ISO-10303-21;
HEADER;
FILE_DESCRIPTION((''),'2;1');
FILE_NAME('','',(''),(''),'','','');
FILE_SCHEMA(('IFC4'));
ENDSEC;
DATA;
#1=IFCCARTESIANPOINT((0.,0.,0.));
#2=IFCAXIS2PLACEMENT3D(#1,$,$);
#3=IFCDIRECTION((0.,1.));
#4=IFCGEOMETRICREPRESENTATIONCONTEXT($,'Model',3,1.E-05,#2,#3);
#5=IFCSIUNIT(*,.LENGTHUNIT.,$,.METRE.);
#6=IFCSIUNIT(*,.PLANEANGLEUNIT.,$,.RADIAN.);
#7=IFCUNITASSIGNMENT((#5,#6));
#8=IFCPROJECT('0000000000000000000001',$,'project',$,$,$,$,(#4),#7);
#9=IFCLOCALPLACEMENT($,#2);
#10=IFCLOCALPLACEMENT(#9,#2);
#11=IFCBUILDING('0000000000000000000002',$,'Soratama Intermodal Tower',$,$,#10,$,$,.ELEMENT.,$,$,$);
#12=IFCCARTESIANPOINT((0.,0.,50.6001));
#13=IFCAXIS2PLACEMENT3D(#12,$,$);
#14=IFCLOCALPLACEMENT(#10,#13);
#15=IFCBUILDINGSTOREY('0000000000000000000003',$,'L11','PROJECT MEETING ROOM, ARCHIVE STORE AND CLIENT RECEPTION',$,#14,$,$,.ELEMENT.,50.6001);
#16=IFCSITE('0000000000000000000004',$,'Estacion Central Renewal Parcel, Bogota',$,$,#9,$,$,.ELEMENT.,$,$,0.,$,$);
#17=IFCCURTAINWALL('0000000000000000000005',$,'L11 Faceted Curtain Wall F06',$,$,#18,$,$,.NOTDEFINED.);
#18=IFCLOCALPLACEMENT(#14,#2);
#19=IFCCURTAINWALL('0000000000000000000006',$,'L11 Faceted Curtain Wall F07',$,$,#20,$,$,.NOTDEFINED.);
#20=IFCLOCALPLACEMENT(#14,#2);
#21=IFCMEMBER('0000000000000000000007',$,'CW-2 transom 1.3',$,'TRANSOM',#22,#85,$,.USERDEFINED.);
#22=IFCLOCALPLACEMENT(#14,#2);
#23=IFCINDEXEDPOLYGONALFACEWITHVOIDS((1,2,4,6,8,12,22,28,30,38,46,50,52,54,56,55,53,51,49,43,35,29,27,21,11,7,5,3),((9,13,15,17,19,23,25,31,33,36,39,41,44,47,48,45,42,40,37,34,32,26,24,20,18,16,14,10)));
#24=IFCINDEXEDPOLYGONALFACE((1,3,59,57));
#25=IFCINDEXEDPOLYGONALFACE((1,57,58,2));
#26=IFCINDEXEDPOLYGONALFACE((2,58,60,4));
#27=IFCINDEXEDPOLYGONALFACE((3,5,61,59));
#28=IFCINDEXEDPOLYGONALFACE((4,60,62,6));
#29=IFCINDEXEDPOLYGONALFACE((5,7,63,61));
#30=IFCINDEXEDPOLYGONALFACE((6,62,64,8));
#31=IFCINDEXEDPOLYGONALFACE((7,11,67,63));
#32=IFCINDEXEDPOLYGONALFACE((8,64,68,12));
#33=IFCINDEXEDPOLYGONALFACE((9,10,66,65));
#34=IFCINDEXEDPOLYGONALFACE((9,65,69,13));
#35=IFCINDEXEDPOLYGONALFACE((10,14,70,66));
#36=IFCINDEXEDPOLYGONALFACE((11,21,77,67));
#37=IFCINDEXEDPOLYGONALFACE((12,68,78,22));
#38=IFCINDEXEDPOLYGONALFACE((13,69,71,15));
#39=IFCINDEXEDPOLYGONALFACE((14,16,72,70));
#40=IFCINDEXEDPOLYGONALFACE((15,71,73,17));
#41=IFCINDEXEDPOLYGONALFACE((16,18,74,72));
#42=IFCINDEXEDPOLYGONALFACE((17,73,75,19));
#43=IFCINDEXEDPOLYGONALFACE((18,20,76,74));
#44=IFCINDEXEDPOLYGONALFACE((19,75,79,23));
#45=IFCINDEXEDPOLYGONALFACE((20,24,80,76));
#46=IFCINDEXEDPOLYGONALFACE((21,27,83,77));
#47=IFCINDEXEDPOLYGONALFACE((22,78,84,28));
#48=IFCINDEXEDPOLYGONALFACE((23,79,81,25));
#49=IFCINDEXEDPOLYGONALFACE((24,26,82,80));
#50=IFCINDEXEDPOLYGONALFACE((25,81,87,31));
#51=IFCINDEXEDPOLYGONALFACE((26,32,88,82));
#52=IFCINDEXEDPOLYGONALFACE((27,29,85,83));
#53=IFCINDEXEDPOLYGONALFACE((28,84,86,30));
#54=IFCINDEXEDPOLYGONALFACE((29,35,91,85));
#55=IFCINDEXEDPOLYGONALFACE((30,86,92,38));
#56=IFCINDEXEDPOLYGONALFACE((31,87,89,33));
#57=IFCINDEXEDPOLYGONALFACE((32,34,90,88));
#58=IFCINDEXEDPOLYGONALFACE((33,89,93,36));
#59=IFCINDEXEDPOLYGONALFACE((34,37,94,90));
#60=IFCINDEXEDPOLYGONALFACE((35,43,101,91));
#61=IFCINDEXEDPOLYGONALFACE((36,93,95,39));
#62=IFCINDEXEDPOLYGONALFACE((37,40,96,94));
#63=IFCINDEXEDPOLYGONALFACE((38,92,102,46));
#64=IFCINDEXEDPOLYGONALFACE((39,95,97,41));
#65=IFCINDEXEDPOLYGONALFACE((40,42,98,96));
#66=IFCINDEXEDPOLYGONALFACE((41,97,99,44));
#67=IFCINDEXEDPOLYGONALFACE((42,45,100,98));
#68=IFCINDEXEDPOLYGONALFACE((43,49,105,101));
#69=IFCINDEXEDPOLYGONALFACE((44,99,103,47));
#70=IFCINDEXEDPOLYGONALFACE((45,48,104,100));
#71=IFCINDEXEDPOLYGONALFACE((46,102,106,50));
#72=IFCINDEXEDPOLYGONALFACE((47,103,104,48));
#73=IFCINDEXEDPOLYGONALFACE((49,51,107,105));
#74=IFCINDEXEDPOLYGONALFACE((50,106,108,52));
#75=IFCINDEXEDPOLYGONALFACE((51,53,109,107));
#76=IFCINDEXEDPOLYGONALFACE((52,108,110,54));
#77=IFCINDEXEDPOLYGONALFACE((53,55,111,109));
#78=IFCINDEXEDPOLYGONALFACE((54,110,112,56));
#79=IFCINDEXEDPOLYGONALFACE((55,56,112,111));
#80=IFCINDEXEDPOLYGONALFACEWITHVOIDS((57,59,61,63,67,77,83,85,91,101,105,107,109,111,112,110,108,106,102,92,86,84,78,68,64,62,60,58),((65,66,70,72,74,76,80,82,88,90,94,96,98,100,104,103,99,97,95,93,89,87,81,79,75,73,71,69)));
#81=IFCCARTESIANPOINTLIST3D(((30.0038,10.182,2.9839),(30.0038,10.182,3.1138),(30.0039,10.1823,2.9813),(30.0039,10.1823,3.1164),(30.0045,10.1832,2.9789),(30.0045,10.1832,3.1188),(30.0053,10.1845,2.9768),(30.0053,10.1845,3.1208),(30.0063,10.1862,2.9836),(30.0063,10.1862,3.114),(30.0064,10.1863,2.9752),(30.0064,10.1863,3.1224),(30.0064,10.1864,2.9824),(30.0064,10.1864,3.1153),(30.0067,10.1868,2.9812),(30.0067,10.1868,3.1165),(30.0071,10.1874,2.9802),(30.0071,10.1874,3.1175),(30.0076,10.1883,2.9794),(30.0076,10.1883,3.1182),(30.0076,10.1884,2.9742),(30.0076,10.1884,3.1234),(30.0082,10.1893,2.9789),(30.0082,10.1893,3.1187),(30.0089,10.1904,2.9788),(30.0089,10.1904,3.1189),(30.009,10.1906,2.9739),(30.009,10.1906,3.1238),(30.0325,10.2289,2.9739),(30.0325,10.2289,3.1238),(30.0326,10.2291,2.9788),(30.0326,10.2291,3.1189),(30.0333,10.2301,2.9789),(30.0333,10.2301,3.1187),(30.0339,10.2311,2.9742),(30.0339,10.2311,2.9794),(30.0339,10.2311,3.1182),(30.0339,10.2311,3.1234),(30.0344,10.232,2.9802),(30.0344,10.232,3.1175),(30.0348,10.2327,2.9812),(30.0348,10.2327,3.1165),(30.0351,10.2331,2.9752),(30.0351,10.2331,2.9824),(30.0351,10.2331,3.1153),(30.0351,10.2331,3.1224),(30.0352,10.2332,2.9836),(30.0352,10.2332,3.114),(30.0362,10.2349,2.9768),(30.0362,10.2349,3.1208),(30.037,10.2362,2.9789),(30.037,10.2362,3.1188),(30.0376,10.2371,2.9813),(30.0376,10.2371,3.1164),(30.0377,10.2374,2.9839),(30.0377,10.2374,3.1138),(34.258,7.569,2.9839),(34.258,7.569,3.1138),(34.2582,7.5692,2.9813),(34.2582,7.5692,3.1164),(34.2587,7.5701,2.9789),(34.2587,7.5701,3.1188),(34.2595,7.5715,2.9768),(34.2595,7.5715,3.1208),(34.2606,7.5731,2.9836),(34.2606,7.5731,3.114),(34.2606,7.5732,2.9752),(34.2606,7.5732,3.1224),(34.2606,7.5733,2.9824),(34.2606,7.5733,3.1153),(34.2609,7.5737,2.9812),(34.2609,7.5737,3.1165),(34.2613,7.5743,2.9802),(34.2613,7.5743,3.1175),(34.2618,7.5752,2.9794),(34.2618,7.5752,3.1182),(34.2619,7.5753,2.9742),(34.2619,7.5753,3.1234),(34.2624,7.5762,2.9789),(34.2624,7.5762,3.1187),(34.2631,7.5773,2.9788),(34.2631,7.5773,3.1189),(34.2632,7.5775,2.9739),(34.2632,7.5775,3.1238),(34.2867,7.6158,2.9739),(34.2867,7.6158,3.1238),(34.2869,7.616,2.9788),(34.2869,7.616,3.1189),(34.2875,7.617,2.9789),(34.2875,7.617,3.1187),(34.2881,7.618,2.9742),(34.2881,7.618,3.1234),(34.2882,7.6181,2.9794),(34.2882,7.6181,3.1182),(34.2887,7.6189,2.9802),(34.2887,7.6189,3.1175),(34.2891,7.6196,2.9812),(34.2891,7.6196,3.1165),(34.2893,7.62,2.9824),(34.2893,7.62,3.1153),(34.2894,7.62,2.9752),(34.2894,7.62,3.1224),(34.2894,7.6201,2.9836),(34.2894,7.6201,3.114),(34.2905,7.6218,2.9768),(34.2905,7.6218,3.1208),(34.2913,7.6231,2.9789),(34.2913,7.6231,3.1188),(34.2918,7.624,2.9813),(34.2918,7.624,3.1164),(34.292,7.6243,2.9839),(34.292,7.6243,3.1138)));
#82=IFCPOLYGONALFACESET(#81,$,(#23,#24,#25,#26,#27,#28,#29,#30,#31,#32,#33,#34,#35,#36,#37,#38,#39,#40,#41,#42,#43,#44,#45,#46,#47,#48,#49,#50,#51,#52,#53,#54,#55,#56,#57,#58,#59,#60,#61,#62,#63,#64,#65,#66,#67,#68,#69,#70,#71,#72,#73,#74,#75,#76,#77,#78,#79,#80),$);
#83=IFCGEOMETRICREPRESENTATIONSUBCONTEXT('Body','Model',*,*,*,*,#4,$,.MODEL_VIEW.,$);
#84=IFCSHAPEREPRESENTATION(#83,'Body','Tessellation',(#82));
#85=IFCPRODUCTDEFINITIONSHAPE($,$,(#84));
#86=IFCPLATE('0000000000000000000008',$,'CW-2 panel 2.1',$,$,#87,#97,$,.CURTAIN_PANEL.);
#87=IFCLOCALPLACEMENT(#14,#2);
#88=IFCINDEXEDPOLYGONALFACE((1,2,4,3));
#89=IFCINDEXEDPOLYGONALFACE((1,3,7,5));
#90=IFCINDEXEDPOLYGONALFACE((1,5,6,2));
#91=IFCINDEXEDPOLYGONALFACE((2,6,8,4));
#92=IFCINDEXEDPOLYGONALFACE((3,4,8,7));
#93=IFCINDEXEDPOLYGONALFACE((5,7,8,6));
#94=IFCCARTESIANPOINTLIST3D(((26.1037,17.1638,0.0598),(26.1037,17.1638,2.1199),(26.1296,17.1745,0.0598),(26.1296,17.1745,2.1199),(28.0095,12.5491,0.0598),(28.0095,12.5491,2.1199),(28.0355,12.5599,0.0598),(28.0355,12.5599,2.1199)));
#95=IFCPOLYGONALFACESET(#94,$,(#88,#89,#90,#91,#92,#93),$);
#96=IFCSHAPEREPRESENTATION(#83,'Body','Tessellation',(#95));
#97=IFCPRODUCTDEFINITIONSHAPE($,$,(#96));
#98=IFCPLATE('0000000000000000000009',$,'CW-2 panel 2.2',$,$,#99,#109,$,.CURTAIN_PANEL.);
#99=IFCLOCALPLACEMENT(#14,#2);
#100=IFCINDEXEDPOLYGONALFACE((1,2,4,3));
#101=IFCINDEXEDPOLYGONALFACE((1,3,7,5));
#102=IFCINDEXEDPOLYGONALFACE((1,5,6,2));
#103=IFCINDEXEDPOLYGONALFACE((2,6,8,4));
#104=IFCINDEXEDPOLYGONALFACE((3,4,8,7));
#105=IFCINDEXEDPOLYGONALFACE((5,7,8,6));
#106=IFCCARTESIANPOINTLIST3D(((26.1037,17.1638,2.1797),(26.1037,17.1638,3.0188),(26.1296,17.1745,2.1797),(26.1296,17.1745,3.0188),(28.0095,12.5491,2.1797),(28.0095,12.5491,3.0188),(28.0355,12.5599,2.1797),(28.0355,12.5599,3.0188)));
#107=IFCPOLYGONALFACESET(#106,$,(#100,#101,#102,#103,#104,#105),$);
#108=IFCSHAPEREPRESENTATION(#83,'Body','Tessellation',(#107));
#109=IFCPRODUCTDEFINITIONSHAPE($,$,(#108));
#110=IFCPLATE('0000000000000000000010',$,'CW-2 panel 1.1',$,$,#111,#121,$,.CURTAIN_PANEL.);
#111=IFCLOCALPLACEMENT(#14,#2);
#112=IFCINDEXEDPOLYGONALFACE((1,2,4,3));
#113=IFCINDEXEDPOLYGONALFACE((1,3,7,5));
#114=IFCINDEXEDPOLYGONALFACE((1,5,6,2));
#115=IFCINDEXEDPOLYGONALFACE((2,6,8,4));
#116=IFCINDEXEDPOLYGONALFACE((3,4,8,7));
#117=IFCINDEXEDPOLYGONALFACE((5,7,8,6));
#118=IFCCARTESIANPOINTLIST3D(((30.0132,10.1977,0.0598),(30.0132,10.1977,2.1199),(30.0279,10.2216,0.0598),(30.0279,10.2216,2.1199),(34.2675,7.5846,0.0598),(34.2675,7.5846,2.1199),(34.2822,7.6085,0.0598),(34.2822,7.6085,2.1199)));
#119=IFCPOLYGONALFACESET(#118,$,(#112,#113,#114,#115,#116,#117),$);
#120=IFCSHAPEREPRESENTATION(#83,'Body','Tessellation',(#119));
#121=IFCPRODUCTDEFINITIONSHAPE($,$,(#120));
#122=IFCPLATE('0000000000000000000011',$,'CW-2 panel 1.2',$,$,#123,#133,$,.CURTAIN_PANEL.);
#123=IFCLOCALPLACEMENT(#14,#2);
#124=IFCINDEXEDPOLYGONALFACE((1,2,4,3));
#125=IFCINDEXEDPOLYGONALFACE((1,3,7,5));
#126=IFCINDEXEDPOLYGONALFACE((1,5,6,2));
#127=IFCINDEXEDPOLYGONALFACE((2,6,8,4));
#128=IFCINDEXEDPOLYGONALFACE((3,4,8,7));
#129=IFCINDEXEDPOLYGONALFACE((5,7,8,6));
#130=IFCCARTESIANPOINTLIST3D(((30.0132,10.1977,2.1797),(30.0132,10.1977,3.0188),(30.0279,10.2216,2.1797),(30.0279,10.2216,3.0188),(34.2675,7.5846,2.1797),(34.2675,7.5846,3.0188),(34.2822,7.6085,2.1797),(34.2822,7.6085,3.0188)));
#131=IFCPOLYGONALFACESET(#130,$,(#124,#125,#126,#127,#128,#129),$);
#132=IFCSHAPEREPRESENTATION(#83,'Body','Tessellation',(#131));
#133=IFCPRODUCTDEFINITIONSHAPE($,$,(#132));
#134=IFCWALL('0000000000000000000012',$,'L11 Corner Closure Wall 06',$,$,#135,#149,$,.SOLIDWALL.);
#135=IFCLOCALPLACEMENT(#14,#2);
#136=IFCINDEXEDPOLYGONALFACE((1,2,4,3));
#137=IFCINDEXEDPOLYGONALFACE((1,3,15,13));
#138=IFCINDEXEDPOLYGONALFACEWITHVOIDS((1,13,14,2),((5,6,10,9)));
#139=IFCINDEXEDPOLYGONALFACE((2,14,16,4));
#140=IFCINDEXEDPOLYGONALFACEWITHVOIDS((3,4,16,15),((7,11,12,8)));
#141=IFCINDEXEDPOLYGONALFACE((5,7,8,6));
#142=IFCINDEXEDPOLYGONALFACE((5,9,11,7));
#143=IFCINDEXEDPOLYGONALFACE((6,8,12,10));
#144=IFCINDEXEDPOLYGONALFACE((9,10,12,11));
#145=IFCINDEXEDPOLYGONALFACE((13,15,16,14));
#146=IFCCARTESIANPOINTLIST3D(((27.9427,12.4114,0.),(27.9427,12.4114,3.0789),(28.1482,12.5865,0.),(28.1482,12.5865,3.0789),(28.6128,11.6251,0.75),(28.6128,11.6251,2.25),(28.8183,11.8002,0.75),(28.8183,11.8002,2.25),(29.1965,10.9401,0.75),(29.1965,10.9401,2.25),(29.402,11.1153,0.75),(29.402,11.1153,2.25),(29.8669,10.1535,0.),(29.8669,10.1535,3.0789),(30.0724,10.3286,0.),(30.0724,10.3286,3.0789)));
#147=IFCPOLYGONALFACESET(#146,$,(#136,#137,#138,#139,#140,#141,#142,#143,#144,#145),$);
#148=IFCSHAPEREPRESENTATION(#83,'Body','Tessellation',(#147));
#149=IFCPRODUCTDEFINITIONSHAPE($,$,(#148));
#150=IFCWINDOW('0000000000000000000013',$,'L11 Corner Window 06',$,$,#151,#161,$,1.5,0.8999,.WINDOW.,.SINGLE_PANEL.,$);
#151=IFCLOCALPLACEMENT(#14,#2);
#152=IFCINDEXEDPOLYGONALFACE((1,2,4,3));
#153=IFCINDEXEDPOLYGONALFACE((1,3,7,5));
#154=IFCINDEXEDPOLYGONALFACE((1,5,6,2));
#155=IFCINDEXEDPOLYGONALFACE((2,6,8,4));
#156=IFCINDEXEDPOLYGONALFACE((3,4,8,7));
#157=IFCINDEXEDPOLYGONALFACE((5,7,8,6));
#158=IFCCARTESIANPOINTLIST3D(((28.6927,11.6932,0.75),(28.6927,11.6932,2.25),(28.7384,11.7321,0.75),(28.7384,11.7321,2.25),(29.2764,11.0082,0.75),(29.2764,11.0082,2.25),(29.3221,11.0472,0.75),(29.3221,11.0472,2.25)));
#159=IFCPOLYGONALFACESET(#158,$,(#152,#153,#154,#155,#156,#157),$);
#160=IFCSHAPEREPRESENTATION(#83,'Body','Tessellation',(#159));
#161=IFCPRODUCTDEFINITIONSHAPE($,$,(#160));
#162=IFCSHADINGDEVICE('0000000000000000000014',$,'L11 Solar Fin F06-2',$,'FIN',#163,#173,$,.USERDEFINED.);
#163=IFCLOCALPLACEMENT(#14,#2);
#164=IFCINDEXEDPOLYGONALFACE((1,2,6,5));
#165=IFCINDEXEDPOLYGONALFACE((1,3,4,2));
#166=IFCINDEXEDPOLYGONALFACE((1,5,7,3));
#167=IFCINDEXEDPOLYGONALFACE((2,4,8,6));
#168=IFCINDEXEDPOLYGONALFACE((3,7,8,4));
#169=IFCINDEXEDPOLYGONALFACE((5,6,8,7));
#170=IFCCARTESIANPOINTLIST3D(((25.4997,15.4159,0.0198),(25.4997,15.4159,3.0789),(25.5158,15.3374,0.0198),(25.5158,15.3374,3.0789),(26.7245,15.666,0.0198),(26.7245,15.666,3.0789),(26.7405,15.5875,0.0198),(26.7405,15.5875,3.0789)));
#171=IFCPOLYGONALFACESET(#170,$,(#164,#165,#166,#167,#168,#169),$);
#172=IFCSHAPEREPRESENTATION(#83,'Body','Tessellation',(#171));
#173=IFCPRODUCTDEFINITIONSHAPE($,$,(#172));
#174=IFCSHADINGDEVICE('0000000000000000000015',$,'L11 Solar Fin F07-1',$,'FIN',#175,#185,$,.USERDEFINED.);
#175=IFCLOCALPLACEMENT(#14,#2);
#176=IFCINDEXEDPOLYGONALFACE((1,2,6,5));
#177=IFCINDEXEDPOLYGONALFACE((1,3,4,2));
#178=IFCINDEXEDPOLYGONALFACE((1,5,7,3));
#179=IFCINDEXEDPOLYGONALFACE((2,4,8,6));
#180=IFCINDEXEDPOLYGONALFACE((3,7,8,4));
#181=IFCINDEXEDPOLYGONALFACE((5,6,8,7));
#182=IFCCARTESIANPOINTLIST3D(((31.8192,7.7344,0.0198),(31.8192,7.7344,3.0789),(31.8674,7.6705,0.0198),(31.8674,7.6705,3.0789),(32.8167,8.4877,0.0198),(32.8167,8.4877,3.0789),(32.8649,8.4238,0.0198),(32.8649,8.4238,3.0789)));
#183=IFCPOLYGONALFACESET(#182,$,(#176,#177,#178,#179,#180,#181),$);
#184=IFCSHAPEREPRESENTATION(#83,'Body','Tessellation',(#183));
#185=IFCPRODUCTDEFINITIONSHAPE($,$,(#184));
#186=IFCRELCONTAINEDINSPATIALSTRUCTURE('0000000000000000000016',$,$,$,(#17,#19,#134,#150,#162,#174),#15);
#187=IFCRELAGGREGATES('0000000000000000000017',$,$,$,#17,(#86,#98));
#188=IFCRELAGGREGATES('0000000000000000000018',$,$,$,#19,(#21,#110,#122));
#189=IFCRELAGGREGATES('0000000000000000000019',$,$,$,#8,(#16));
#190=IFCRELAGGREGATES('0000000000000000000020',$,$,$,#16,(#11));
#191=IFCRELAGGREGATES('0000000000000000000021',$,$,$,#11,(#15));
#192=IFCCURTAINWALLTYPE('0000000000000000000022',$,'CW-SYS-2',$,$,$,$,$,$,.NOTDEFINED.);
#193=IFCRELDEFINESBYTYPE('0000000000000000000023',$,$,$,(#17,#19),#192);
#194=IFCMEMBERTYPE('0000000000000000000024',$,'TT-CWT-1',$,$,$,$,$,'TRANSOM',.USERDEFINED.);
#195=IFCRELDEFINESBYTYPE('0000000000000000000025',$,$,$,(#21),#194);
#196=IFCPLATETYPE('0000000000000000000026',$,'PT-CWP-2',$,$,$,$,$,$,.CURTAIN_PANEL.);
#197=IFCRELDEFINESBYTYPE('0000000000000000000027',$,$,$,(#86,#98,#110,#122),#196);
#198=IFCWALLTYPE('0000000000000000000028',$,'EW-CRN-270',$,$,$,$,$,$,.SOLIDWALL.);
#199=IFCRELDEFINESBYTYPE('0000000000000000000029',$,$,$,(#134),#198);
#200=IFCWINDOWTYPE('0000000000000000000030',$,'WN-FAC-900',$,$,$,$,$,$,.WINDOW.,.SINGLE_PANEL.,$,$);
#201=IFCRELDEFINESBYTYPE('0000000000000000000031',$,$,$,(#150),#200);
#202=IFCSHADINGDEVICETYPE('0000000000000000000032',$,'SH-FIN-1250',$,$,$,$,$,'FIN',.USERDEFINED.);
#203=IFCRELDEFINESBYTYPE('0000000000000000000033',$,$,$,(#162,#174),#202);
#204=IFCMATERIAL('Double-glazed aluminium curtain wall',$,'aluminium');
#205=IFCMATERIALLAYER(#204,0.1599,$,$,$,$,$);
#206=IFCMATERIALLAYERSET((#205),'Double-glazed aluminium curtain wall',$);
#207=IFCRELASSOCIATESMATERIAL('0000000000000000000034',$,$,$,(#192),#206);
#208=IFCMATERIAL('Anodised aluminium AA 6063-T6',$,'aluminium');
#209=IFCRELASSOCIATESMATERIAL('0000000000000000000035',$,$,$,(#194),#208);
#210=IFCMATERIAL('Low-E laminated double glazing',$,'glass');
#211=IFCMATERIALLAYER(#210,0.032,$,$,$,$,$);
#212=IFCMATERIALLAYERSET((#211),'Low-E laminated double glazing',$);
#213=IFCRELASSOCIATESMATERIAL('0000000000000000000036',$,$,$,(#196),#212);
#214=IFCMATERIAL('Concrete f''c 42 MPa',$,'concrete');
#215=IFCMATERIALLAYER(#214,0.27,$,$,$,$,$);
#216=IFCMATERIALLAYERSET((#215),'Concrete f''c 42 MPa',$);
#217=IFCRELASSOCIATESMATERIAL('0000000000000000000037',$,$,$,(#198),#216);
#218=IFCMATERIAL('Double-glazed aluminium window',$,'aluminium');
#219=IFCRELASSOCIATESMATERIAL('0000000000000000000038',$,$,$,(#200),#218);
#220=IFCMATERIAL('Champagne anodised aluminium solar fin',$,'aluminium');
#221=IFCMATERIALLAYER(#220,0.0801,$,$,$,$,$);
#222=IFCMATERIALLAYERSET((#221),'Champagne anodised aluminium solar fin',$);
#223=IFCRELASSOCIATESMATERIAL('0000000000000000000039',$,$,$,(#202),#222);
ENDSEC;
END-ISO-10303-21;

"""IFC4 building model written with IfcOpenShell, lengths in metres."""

from ifc_helpers import new_model, si_unit, direction, frame, frame_2d, origin, origin_2d, place, context, subcontext, project, spatial, rectangle, hollow_rectangle, extrude, material, layer, layer_set, material_profile, profile_set, type_object, element, fill, aggregate, save


model = new_model("IFC4")

# Units and contexts
model_context = context("Model", 3, precision=1e-05, world=origin(), true_north=direction((0.0, 1.0)))
body_context = subcontext(model_context, "Body", "Model", "MODEL_VIEW")
ifc_project = project(units=[si_unit("LENGTHUNIT", "METRE"), si_unit("PLANEANGLEUNIT", "RADIAN")], contexts=[model_context])

# Site, building, storey
site_placement = place(None, origin())
site = spatial("IfcSite", under=ifc_project, at=site_placement, Name="Estacion Central Renewal Parcel, Bogota", CompositionType="ELEMENT", RefElevation=0.0)
building_placement = place(site_placement, origin())
building = spatial("IfcBuilding", under=site, at=building_placement, Name="Soratama Intermodal Tower", CompositionType="ELEMENT")
storey_placement = place(building_placement, frame((0.0, 0.0, 50.6001)))
storey = spatial("IfcBuildingStorey", under=building, at=storey_placement, Name="L11", Description="PROJECT MEETING ROOM, ARCHIVE STORE AND CLIENT RECEPTION", CompositionType="ELEMENT", Elevation=50.6001)

# Curtain wall
ifc_material_1 = material(Name="Double-glazed aluminium curtain wall", Category="aluminium")
ifc_layer_1 = layer(ifc_material_1, 0.1599)
ifc_layer_set_1 = layer_set([ifc_layer_1], Name="Double-glazed aluminium curtain wall")
curtain_wall_type = type_object("IfcCurtainWallType", Name="CW-SYS-2", PredefinedType="NOTDEFINED", material=ifc_layer_set_1)
curtain_wall_1_placement = place(storey_placement, origin())
curtain_wall_1 = element("IfcCurtainWall", 1, at=curtain_wall_1_placement, inside=storey, type_object=curtain_wall_type, Name="L11 Faceted Curtain Wall F06", PredefinedType="NOTDEFINED")

# Curtain wall, member
curtain_wall_2_placement = place(storey_placement, origin())
curtain_wall_2 = element("IfcCurtainWall", 2, at=curtain_wall_2_placement, inside=storey, type_object=curtain_wall_type, Name="L11 Faceted Curtain Wall F07", PredefinedType="NOTDEFINED")
ifc_material_2 = material(Name="Anodised aluminium AA 6063-T6", Category="aluminium")
ifc_material_profile_1 = material_profile(ifc_material_2, hollow_rectangle(XDim=0.0649, YDim=0.1499, WallThickness=0.0049, InnerFilletRadius=0.0049, OuterFilletRadius=0.01, at=origin_2d()), Name="CWT150X65X5")
ifc_profile_set_1 = profile_set([ifc_material_profile_1], Name="Anodised aluminium AA 6063-T6")
member_type_1 = type_object("IfcMemberType", Name="TT-CWT-1", ElementType="TRANSOM", PredefinedType="USERDEFINED", material=ifc_profile_set_1)
member_1_placement = place(storey_placement, frame((30.0208, 10.2097, 3.0488), z_axis=(0.852096, -0.523385, 0.0), x_axis=(0.523385, 0.852096, 0.0)))
member_1 = element("IfcMember", 3, at=member_1_placement, type_object=member_type_1, Name="CW-2 transom 1.3", ObjectType="TRANSOM", PredefinedType="USERDEFINED", context=body_context, shape_type="SweptSolid", body=[
    extrude(hollow_rectangle(XDim=0.0649, YDim=0.1499, WallThickness=0.0049, InnerFilletRadius=0.0049, OuterFilletRadius=0.01, at=origin_2d()), origin(), (0.0, 0.0, 1.0), 4.9927),
])

# Plates
ifc_material_3 = material(Name="Low-E laminated double glazing", Category="glass")
ifc_layer_2 = layer(ifc_material_3, 0.032)
ifc_layer_set_2 = layer_set([ifc_layer_2], Name="Low-E laminated double glazing")
plate_type = type_object("IfcPlateType", Name="PT-CWP-2", PredefinedType="CURTAIN_PANEL", material=ifc_layer_set_2)
plate_1_placement = place(storey_placement, frame((27.0696, 14.8618, 0.0598), z_axis=(0.0, 0.0, 1.0), x_axis=(0.381722, -0.924277, 0.0)))
plate_1 = element("IfcPlate", 4, at=plate_1_placement, type_object=plate_type, Name="CW-2 panel 2.1", PredefinedType="CURTAIN_PANEL", context=body_context, shape_type="SweptSolid", body=[
    extrude(rectangle(XDim=4.9927, YDim=0.0281, at=origin_2d()), origin(), (0.0, 0.0, 1.0), 2.0601),
])
plate_2_placement = place(storey_placement, frame((27.0696, 14.8618, 2.1797), z_axis=(0.0, 0.0, 1.0), x_axis=(0.381722, -0.924277, 0.0)))
plate_2 = element("IfcPlate", 5, at=plate_2_placement, type_object=plate_type, Name="CW-2 panel 2.2", PredefinedType="CURTAIN_PANEL", context=body_context, shape_type="SweptSolid", body=[
    extrude(rectangle(XDim=4.9927, YDim=0.0281, at=origin_2d()), origin(), (0.0, 0.0, 1.0), 0.8391),
])
aggregate(curtain_wall_1, [plate_1, plate_2])
plate_3_placement = place(storey_placement, frame((32.1477, 8.9031, 0.0598), z_axis=(0.0, 0.0, 1.0), x_axis=(0.852096, -0.523385, 0.0)))
plate_3 = element("IfcPlate", 6, at=plate_3_placement, type_object=plate_type, Name="CW-2 panel 1.1", PredefinedType="CURTAIN_PANEL", context=body_context, shape_type="SweptSolid", body=[
    extrude(rectangle(XDim=4.9927, YDim=0.0281, at=origin_2d()), origin(), (0.0, 0.0, 1.0), 2.0601),
])
plate_4_placement = place(storey_placement, frame((32.1477, 8.9031, 2.1797), z_axis=(0.0, 0.0, 1.0), x_axis=(0.852096, -0.523385, 0.0)))
plate_4 = element("IfcPlate", 7, at=plate_4_placement, type_object=plate_type, Name="CW-2 panel 1.2", PredefinedType="CURTAIN_PANEL", context=body_context, shape_type="SweptSolid", body=[
    extrude(rectangle(XDim=4.9927, YDim=0.0281, at=origin_2d()), origin(), (0.0, 0.0, 1.0), 0.8391),
])
aggregate(curtain_wall_2, [member_1, plate_3, plate_4])

# Wall, opening, window
ifc_material_4 = material(Name="Concrete f'c 42 MPa", Category="concrete")
ifc_layer_3 = layer(ifc_material_4, 0.27)
ifc_layer_set_3 = layer_set([ifc_layer_3], Name="Concrete f'c 42 MPa")
wall_type_1 = type_object("IfcWallType", Name="EW-CRN-270", PredefinedType="SOLIDWALL", material=ifc_layer_set_3)
wall_1_placement = place(storey_placement, frame((28.0454, 12.499, 0.0), z_axis=(0.0, 0.0, 1.0), x_axis=(0.648613, -0.761118, 0.0)))
wall_1 = element("IfcWall", 8, at=wall_1_placement, inside=storey, type_object=wall_type_1, Name="L11 Corner Closure Wall 06", PredefinedType="SOLIDWALL", context=body_context, shape_type="SweptSolid", body=[
    extrude(rectangle(XDim=2.9666, YDim=0.27, at=frame_2d((1.4834, 0.0))), origin(), (0.0, 0.0, 1.0), 3.0789),
])
opening_1_placement = place(wall_1_placement, frame((1.0332, 0.0, 0.75)))
opening_1 = element("IfcOpeningElement", 9, at=opening_1_placement, cuts=wall_1, PredefinedType="OPENING", context=body_context, shape_type="SweptSolid", body=[
    extrude(rectangle(XDim=0.8999, YDim=1.5, at=frame_2d((0.45, 0.75))), frame((0.0, 0.145, 0.0), z_axis=(0.0, -1.0, 0.0), x_axis=(1.0, 0.0, 0.0)), (0.0, 0.0, 1.0), 0.29),
])
ifc_material_5 = material(Name="Double-glazed aluminium window", Category="aluminium")
window_type = type_object("IfcWindowType", Name="WN-FAC-900", PartitioningType="SINGLE_PANEL", PredefinedType="WINDOW", material=ifc_material_5)
window_placement = place(opening_1_placement, origin())
window = element("IfcWindow", 10, at=window_placement, inside=storey, type_object=window_type, Name="L11 Corner Window 06", OverallHeight=1.5, OverallWidth=0.8999, PartitioningType="SINGLE_PANEL", PredefinedType="WINDOW", context=body_context, shape_type="SweptSolid", body=[
    extrude(rectangle(XDim=0.8999, YDim=1.5, at=frame_2d((0.45, 0.75))), frame((0.0, 0.03, 0.0), z_axis=(0.0, -1.0, 0.0), x_axis=(1.0, 0.0, 0.0)), (0.0, 0.0, 1.0), 0.0601),
])
fill(opening_1, window)

# Shading devices
ifc_material_6 = material(Name="Champagne anodised aluminium solar fin", Category="aluminium")
ifc_layer_4 = layer(ifc_material_6, 0.0801)
ifc_layer_set_4 = layer_set([ifc_layer_4], Name="Champagne anodised aluminium solar fin")
shading_device_type = type_object("IfcShadingDeviceType", Name="SH-FIN-1250", ElementType="FIN", PredefinedType="USERDEFINED", material=ifc_layer_set_4)
for number, where, z_axis, x_axis, name in (
    (11, (26.1201, 15.5017, 0.0198), (0.0, 0.0, 1.0), (-0.979785, -0.200052, 0.0), "L11 Solar Fin F06-2"),
    (12, (32.342, 8.0791, 0.0198), (0.0, 0.0, 1.0), (-0.798005, -0.602651, 0.0), "L11 Solar Fin F07-1"),
):
    element("IfcShadingDevice", number, at=place(storey_placement, frame(where, z_axis=z_axis, x_axis=x_axis)), inside=storey, type_object=shading_device_type, Name=name, ObjectType="FIN", PredefinedType="USERDEFINED", context=body_context, shape_type="SweptSolid", body=[
        extrude(rectangle(XDim=1.25, YDim=0.0801, at=origin_2d()), origin(), (0.0, 0.0, 1.0), 3.0591),
    ])

save(model, "model.ifc")
